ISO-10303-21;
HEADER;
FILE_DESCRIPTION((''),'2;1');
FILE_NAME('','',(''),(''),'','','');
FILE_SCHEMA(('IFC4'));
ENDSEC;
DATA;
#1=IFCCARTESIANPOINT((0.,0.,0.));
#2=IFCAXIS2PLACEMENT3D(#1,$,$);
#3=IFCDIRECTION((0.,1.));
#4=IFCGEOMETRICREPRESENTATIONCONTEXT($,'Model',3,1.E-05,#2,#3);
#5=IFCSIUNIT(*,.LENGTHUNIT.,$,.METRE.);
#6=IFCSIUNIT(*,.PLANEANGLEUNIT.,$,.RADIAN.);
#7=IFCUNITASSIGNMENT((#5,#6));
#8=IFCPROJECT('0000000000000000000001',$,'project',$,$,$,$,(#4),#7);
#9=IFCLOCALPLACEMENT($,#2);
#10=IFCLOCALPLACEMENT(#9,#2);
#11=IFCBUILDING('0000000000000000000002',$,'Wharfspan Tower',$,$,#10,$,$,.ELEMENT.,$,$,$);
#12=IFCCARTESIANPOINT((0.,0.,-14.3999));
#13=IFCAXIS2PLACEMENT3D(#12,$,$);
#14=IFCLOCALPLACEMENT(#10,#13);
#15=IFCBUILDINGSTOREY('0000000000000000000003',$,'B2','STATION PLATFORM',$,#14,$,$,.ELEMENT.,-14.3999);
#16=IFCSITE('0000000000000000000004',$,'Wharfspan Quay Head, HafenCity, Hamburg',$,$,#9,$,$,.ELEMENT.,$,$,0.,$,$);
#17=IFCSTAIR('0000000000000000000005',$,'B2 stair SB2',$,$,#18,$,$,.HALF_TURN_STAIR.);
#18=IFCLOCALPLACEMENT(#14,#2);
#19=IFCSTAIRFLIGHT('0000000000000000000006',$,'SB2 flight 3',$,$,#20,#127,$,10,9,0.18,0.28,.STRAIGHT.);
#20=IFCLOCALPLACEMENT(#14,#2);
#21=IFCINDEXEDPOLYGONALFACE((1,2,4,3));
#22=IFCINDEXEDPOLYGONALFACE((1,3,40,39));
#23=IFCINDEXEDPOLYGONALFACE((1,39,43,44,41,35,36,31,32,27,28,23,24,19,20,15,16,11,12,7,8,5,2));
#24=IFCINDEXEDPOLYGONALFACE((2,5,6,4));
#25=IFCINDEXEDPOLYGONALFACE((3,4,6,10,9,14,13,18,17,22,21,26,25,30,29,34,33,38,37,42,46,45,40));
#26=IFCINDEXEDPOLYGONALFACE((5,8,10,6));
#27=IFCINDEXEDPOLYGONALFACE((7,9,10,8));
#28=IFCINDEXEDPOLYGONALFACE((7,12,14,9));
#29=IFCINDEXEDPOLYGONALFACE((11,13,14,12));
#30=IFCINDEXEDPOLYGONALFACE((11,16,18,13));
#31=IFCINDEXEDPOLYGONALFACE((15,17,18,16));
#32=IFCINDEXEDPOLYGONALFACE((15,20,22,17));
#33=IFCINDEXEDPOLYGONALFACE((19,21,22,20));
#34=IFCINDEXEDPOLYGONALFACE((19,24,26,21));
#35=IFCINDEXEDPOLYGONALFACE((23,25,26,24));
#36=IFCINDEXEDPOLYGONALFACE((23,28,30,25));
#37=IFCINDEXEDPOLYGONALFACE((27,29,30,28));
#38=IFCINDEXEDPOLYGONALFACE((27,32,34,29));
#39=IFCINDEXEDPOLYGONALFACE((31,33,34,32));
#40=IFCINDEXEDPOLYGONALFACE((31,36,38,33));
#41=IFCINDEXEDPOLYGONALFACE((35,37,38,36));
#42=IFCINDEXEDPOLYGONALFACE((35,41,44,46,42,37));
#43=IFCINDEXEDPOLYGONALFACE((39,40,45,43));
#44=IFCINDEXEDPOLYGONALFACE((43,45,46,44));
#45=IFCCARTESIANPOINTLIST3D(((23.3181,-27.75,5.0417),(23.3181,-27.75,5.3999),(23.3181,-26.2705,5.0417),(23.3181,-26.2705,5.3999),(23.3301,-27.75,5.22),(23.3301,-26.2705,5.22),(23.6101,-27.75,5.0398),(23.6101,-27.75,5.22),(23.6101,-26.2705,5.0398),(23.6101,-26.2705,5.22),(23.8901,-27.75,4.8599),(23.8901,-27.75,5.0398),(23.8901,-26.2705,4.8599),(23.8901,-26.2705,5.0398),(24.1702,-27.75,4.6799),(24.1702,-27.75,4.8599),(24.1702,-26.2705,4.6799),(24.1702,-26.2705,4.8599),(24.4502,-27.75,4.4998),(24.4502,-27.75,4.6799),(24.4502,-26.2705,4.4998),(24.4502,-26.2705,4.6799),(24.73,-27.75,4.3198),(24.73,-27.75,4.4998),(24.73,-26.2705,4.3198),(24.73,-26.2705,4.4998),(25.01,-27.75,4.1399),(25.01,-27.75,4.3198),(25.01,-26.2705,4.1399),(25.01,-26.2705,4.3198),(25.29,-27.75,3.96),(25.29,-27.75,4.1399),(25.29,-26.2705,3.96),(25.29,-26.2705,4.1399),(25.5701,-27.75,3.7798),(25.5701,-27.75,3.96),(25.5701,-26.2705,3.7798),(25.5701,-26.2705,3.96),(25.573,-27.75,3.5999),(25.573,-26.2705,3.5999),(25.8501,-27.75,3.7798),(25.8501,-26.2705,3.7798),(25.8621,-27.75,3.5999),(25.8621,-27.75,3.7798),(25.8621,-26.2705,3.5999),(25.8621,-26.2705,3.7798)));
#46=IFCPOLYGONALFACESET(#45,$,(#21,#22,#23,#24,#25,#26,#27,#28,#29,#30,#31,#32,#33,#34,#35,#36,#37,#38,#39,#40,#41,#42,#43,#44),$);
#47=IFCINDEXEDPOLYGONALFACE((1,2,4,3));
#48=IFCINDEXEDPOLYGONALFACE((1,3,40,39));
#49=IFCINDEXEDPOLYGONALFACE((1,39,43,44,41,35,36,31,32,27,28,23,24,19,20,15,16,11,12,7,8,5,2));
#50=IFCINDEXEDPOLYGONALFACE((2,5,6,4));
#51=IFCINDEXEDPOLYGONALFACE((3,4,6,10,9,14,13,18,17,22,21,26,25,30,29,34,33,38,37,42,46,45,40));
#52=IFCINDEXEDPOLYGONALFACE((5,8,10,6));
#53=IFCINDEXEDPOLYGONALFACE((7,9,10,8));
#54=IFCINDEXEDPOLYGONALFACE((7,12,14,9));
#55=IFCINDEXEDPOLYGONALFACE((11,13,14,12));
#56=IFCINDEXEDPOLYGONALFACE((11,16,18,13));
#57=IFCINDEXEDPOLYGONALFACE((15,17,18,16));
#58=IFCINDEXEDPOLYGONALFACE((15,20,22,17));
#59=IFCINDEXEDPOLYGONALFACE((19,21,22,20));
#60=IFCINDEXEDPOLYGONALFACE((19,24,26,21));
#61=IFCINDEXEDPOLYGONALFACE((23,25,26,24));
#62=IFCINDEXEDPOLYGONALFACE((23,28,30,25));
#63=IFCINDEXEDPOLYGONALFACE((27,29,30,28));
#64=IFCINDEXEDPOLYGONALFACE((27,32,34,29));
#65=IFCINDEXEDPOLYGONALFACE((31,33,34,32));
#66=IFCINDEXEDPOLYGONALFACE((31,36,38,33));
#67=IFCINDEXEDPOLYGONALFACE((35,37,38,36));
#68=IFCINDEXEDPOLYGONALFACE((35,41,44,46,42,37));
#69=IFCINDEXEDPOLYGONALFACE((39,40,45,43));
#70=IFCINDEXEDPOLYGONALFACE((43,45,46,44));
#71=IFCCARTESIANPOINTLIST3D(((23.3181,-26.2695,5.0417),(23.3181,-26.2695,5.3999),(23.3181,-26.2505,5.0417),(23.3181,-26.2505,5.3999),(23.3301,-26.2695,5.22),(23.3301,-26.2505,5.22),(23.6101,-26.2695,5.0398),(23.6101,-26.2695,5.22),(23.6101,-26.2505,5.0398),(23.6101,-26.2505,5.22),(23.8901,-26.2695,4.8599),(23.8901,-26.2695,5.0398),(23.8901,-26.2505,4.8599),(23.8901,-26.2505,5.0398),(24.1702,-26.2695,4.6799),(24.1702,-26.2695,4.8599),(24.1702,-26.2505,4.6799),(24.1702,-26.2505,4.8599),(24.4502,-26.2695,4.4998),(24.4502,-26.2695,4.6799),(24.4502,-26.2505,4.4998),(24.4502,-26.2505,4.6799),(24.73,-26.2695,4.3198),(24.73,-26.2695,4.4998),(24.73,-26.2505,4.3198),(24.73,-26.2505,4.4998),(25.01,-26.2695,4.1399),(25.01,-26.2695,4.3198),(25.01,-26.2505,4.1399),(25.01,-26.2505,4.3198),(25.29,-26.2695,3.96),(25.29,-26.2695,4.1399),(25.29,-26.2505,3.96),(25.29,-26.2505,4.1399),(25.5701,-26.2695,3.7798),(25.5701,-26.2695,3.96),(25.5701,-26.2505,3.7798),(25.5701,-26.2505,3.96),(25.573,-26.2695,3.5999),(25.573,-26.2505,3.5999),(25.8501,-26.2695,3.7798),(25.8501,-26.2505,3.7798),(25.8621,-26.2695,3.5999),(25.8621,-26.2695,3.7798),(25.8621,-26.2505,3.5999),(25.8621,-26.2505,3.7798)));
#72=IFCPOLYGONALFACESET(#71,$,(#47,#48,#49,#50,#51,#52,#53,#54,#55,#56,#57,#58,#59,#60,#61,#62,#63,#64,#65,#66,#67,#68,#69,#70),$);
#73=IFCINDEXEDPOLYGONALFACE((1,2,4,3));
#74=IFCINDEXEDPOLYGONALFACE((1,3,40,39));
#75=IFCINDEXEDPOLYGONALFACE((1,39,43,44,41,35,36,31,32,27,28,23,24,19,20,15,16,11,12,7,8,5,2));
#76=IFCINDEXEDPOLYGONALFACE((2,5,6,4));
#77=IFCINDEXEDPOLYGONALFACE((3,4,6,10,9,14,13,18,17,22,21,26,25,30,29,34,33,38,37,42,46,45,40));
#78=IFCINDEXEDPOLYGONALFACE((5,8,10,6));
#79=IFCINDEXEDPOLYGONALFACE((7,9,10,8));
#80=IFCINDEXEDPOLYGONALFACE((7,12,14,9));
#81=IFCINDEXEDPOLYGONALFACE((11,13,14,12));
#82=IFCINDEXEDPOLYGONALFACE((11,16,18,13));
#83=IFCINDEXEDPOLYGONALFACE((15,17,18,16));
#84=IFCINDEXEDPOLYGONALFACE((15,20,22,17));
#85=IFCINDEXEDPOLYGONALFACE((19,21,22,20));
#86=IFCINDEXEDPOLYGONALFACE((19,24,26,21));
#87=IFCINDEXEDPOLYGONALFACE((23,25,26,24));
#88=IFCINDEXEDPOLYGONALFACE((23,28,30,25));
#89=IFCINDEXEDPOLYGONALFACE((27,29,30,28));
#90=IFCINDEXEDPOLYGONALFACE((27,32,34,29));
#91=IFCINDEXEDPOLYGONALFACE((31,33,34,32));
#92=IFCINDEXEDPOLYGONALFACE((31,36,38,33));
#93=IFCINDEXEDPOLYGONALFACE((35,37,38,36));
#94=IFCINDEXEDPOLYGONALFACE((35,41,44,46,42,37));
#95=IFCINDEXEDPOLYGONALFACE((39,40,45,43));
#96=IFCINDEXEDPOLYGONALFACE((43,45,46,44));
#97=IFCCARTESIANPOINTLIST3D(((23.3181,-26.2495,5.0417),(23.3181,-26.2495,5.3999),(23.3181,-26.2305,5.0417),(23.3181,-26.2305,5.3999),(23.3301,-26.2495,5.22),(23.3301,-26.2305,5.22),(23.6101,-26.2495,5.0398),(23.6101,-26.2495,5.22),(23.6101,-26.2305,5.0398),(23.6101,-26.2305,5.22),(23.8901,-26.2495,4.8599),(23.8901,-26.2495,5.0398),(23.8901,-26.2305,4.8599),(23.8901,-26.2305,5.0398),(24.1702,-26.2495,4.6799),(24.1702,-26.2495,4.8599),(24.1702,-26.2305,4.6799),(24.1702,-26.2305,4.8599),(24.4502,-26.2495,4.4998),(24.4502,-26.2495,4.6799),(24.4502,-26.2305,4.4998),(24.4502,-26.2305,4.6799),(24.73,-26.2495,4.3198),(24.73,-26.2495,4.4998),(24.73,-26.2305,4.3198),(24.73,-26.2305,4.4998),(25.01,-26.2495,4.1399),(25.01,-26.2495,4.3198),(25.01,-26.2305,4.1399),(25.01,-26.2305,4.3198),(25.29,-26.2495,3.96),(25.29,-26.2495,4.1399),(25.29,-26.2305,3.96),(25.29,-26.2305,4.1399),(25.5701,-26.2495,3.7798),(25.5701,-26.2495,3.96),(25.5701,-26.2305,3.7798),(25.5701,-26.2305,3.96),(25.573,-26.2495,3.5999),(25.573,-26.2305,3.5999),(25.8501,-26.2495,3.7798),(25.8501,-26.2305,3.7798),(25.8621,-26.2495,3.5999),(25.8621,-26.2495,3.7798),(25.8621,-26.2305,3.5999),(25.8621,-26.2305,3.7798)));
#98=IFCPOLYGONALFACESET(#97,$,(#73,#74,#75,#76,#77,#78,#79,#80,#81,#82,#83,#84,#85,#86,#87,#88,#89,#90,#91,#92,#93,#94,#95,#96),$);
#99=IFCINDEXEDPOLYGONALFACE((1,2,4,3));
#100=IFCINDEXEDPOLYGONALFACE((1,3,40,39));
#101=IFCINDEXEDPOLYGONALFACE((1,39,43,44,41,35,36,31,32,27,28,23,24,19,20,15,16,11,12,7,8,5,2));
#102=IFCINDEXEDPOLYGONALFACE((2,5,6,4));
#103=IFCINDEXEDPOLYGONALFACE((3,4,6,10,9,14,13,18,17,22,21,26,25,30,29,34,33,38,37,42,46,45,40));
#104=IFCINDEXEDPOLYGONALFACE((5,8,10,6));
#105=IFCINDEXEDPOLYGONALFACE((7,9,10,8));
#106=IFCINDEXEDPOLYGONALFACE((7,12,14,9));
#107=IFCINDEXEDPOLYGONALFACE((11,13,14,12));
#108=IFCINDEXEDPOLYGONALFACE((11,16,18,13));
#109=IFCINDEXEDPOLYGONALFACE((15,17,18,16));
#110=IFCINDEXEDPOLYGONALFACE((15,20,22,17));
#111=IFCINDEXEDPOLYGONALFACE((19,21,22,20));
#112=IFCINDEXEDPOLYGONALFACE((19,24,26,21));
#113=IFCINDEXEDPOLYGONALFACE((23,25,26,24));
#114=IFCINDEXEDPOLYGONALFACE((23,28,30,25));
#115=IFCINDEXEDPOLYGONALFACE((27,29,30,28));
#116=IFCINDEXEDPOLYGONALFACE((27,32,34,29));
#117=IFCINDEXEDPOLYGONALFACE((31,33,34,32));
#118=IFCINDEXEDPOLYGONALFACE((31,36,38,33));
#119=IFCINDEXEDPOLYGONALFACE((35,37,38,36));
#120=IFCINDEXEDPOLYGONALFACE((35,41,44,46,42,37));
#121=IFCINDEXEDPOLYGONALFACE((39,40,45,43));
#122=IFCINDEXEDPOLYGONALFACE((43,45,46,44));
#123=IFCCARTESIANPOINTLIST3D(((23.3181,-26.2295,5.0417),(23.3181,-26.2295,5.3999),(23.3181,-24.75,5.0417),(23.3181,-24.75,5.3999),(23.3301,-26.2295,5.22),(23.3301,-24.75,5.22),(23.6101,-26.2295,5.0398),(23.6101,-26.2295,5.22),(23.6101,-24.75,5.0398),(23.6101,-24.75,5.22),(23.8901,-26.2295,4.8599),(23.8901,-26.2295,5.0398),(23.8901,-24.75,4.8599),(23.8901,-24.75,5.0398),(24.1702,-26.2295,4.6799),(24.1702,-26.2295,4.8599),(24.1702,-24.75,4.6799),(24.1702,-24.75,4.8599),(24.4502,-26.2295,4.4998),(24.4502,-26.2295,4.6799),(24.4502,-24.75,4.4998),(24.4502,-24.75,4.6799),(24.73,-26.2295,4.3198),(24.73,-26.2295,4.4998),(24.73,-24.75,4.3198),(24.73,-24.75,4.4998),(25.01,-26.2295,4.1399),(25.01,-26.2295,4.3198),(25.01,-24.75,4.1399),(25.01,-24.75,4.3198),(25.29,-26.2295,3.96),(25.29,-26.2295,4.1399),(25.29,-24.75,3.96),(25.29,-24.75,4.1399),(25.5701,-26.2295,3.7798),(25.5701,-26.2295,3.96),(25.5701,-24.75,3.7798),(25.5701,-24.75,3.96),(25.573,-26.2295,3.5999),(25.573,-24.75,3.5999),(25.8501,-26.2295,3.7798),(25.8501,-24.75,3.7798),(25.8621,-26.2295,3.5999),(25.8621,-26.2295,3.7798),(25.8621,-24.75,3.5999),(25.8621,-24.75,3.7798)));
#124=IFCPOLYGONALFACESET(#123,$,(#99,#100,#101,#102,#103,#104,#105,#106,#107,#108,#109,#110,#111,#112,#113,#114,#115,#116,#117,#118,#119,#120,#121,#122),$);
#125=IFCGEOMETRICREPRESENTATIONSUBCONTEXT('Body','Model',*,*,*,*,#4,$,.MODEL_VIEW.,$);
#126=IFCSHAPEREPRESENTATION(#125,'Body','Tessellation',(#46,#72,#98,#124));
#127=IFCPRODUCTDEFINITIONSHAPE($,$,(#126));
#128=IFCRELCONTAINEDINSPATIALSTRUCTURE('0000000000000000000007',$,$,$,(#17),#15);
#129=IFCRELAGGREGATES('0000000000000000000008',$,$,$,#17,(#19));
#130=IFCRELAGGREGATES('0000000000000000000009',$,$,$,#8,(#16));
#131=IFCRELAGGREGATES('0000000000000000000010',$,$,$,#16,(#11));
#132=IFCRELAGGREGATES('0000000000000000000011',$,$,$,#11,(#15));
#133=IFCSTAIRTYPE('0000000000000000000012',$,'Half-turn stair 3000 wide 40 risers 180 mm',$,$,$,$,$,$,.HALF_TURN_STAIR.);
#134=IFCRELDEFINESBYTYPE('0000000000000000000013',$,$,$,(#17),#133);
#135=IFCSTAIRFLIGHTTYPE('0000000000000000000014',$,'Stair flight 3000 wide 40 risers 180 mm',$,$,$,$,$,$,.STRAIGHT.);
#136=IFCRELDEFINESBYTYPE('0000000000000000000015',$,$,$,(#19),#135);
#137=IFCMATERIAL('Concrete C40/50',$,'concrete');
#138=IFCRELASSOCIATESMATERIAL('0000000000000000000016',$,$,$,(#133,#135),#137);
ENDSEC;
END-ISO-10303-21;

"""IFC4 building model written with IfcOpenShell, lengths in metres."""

from ifc_helpers import new_model, si_unit, direction, frame, origin, place, context, subcontext, project, spatial, polyline, outline, extrude, material, type_object, element, aggregate, save


model = new_model("IFC4")

# Units and contexts
model_context = context("Model", 3, precision=1e-05, world=origin(), true_north=direction((0.0, 1.0)))
body_context = subcontext(model_context, "Body", "Model", "MODEL_VIEW")
ifc_project = project(units=[si_unit("LENGTHUNIT", "METRE"), si_unit("PLANEANGLEUNIT", "RADIAN")], contexts=[model_context])

# Site, building, storey
site_placement = place(None, origin())
site = spatial("IfcSite", under=ifc_project, at=site_placement, Name="Wharfspan Quay Head, HafenCity, Hamburg", CompositionType="ELEMENT", RefElevation=0.0)
building_placement = place(site_placement, origin())
building = spatial("IfcBuilding", under=site, at=building_placement, Name="Wharfspan Tower", CompositionType="ELEMENT")
storey_placement = place(building_placement, frame((0.0, 0.0, -14.3999)))
storey = spatial("IfcBuildingStorey", under=building, at=storey_placement, Name="B2", Description="STATION PLATFORM", CompositionType="ELEMENT", Elevation=-14.3999)

# Shared definitions
ifc_material_1 = material(Name="Concrete C40/50", Category="concrete")

# Stair, stair flight
stair_type = type_object("IfcStairType", Name="Half-turn stair 3000 wide 40 risers 180 mm", PredefinedType="HALF_TURN_STAIR", material=ifc_material_1)
stair_placement = place(storey_placement, origin())
stair = element("IfcStair", 1, at=stair_placement, inside=storey, type_object=stair_type, Name="B2 stair SB2", PredefinedType="HALF_TURN_STAIR")
stair_flight_type = type_object("IfcStairFlightType", Name="Stair flight 3000 wide 40 risers 180 mm", PredefinedType="STRAIGHT", material=ifc_material_1)
stair_flight_1_placement = place(storey_placement, frame((25.8501, -26.25, 3.5999), z_axis=(0.0, 0.0, 1.0), x_axis=(-1.0, 0.0, 0.0)))
stair_flight_1 = element("IfcStairFlight", 2, at=stair_flight_1_placement, type_object=stair_flight_type, Name="SB2 flight 3", NumberOfRisers=10, NumberOfTreads=9, PredefinedType="STRAIGHT", RiserHeight=0.18, TreadLength=0.28, context=body_context, shape_type="SweptSolid", body=[
    extrude(outline(polyline([(-0.012, 0.0), (-0.012, 0.1799), (0.0, 0.1799), (0.28, 0.1799), (0.28, 0.3601), (0.5601, 0.3601), (0.5601, 0.54), (0.8401, 0.54), (0.8401, 0.72), (1.1201, 0.72), (1.1201, 0.8999), (1.3999, 0.8999), (1.3999, 1.0801), (1.6799, 1.0801), (1.6799, 1.26), (1.96, 1.26), (1.96, 1.4399), (2.24, 1.4399), (2.24, 1.6201), (2.52, 1.6201), (2.532, 1.8), (2.532, 1.4419), (0.2771, 0.0), (-0.012, 0.0)])), frame((0.0, 1.5, 0.0), z_axis=(0.0, -1.0, 0.0), x_axis=(1.0, 0.0, 0.0)), (0.0, 0.0, 1.0), 1.4795),
    extrude(outline(polyline([(-0.012, 0.0), (-0.012, 0.1799), (0.0, 0.1799), (0.28, 0.1799), (0.28, 0.3601), (0.5601, 0.3601), (0.5601, 0.54), (0.8401, 0.54), (0.8401, 0.72), (1.1201, 0.72), (1.1201, 0.8999), (1.3999, 0.8999), (1.3999, 1.0801), (1.6799, 1.0801), (1.6799, 1.26), (1.96, 1.26), (1.96, 1.4399), (2.24, 1.4399), (2.24, 1.6201), (2.52, 1.6201), (2.532, 1.8), (2.532, 1.4419), (0.2771, 0.0), (-0.012, 0.0)])), frame((0.0, 0.0195, 0.0), z_axis=(0.0, -1.0, 0.0), x_axis=(1.0, 0.0, 0.0)), (0.0, 0.0, 1.0), 0.019),
    extrude(outline(polyline([(-0.012, 0.0), (-0.012, 0.1799), (0.0, 0.1799), (0.28, 0.1799), (0.28, 0.3601), (0.5601, 0.3601), (0.5601, 0.54), (0.8401, 0.54), (0.8401, 0.72), (1.1201, 0.72), (1.1201, 0.8999), (1.3999, 0.8999), (1.3999, 1.0801), (1.6799, 1.0801), (1.6799, 1.26), (1.96, 1.26), (1.96, 1.4399), (2.24, 1.4399), (2.24, 1.6201), (2.52, 1.6201), (2.532, 1.8), (2.532, 1.4419), (0.2771, 0.0), (-0.012, 0.0)])), frame((0.0, -0.0005, 0.0), z_axis=(0.0, -1.0, 0.0), x_axis=(1.0, 0.0, 0.0)), (0.0, 0.0, 1.0), 0.019),
    extrude(outline(polyline([(-0.012, 0.0), (-0.012, 0.1799), (0.0, 0.1799), (0.28, 0.1799), (0.28, 0.3601), (0.5601, 0.3601), (0.5601, 0.54), (0.8401, 0.54), (0.8401, 0.72), (1.1201, 0.72), (1.1201, 0.8999), (1.3999, 0.8999), (1.3999, 1.0801), (1.6799, 1.0801), (1.6799, 1.26), (1.96, 1.26), (1.96, 1.4399), (2.24, 1.4399), (2.24, 1.6201), (2.52, 1.6201), (2.532, 1.8), (2.532, 1.4419), (0.2771, 0.0), (-0.012, 0.0)])), frame((0.0, -0.0205, 0.0), z_axis=(0.0, -1.0, 0.0), x_axis=(1.0, 0.0, 0.0)), (0.0, 0.0, 1.0), 1.4795),
])
aggregate(stair, [stair_flight_1])

save(model, "model.ifc")
